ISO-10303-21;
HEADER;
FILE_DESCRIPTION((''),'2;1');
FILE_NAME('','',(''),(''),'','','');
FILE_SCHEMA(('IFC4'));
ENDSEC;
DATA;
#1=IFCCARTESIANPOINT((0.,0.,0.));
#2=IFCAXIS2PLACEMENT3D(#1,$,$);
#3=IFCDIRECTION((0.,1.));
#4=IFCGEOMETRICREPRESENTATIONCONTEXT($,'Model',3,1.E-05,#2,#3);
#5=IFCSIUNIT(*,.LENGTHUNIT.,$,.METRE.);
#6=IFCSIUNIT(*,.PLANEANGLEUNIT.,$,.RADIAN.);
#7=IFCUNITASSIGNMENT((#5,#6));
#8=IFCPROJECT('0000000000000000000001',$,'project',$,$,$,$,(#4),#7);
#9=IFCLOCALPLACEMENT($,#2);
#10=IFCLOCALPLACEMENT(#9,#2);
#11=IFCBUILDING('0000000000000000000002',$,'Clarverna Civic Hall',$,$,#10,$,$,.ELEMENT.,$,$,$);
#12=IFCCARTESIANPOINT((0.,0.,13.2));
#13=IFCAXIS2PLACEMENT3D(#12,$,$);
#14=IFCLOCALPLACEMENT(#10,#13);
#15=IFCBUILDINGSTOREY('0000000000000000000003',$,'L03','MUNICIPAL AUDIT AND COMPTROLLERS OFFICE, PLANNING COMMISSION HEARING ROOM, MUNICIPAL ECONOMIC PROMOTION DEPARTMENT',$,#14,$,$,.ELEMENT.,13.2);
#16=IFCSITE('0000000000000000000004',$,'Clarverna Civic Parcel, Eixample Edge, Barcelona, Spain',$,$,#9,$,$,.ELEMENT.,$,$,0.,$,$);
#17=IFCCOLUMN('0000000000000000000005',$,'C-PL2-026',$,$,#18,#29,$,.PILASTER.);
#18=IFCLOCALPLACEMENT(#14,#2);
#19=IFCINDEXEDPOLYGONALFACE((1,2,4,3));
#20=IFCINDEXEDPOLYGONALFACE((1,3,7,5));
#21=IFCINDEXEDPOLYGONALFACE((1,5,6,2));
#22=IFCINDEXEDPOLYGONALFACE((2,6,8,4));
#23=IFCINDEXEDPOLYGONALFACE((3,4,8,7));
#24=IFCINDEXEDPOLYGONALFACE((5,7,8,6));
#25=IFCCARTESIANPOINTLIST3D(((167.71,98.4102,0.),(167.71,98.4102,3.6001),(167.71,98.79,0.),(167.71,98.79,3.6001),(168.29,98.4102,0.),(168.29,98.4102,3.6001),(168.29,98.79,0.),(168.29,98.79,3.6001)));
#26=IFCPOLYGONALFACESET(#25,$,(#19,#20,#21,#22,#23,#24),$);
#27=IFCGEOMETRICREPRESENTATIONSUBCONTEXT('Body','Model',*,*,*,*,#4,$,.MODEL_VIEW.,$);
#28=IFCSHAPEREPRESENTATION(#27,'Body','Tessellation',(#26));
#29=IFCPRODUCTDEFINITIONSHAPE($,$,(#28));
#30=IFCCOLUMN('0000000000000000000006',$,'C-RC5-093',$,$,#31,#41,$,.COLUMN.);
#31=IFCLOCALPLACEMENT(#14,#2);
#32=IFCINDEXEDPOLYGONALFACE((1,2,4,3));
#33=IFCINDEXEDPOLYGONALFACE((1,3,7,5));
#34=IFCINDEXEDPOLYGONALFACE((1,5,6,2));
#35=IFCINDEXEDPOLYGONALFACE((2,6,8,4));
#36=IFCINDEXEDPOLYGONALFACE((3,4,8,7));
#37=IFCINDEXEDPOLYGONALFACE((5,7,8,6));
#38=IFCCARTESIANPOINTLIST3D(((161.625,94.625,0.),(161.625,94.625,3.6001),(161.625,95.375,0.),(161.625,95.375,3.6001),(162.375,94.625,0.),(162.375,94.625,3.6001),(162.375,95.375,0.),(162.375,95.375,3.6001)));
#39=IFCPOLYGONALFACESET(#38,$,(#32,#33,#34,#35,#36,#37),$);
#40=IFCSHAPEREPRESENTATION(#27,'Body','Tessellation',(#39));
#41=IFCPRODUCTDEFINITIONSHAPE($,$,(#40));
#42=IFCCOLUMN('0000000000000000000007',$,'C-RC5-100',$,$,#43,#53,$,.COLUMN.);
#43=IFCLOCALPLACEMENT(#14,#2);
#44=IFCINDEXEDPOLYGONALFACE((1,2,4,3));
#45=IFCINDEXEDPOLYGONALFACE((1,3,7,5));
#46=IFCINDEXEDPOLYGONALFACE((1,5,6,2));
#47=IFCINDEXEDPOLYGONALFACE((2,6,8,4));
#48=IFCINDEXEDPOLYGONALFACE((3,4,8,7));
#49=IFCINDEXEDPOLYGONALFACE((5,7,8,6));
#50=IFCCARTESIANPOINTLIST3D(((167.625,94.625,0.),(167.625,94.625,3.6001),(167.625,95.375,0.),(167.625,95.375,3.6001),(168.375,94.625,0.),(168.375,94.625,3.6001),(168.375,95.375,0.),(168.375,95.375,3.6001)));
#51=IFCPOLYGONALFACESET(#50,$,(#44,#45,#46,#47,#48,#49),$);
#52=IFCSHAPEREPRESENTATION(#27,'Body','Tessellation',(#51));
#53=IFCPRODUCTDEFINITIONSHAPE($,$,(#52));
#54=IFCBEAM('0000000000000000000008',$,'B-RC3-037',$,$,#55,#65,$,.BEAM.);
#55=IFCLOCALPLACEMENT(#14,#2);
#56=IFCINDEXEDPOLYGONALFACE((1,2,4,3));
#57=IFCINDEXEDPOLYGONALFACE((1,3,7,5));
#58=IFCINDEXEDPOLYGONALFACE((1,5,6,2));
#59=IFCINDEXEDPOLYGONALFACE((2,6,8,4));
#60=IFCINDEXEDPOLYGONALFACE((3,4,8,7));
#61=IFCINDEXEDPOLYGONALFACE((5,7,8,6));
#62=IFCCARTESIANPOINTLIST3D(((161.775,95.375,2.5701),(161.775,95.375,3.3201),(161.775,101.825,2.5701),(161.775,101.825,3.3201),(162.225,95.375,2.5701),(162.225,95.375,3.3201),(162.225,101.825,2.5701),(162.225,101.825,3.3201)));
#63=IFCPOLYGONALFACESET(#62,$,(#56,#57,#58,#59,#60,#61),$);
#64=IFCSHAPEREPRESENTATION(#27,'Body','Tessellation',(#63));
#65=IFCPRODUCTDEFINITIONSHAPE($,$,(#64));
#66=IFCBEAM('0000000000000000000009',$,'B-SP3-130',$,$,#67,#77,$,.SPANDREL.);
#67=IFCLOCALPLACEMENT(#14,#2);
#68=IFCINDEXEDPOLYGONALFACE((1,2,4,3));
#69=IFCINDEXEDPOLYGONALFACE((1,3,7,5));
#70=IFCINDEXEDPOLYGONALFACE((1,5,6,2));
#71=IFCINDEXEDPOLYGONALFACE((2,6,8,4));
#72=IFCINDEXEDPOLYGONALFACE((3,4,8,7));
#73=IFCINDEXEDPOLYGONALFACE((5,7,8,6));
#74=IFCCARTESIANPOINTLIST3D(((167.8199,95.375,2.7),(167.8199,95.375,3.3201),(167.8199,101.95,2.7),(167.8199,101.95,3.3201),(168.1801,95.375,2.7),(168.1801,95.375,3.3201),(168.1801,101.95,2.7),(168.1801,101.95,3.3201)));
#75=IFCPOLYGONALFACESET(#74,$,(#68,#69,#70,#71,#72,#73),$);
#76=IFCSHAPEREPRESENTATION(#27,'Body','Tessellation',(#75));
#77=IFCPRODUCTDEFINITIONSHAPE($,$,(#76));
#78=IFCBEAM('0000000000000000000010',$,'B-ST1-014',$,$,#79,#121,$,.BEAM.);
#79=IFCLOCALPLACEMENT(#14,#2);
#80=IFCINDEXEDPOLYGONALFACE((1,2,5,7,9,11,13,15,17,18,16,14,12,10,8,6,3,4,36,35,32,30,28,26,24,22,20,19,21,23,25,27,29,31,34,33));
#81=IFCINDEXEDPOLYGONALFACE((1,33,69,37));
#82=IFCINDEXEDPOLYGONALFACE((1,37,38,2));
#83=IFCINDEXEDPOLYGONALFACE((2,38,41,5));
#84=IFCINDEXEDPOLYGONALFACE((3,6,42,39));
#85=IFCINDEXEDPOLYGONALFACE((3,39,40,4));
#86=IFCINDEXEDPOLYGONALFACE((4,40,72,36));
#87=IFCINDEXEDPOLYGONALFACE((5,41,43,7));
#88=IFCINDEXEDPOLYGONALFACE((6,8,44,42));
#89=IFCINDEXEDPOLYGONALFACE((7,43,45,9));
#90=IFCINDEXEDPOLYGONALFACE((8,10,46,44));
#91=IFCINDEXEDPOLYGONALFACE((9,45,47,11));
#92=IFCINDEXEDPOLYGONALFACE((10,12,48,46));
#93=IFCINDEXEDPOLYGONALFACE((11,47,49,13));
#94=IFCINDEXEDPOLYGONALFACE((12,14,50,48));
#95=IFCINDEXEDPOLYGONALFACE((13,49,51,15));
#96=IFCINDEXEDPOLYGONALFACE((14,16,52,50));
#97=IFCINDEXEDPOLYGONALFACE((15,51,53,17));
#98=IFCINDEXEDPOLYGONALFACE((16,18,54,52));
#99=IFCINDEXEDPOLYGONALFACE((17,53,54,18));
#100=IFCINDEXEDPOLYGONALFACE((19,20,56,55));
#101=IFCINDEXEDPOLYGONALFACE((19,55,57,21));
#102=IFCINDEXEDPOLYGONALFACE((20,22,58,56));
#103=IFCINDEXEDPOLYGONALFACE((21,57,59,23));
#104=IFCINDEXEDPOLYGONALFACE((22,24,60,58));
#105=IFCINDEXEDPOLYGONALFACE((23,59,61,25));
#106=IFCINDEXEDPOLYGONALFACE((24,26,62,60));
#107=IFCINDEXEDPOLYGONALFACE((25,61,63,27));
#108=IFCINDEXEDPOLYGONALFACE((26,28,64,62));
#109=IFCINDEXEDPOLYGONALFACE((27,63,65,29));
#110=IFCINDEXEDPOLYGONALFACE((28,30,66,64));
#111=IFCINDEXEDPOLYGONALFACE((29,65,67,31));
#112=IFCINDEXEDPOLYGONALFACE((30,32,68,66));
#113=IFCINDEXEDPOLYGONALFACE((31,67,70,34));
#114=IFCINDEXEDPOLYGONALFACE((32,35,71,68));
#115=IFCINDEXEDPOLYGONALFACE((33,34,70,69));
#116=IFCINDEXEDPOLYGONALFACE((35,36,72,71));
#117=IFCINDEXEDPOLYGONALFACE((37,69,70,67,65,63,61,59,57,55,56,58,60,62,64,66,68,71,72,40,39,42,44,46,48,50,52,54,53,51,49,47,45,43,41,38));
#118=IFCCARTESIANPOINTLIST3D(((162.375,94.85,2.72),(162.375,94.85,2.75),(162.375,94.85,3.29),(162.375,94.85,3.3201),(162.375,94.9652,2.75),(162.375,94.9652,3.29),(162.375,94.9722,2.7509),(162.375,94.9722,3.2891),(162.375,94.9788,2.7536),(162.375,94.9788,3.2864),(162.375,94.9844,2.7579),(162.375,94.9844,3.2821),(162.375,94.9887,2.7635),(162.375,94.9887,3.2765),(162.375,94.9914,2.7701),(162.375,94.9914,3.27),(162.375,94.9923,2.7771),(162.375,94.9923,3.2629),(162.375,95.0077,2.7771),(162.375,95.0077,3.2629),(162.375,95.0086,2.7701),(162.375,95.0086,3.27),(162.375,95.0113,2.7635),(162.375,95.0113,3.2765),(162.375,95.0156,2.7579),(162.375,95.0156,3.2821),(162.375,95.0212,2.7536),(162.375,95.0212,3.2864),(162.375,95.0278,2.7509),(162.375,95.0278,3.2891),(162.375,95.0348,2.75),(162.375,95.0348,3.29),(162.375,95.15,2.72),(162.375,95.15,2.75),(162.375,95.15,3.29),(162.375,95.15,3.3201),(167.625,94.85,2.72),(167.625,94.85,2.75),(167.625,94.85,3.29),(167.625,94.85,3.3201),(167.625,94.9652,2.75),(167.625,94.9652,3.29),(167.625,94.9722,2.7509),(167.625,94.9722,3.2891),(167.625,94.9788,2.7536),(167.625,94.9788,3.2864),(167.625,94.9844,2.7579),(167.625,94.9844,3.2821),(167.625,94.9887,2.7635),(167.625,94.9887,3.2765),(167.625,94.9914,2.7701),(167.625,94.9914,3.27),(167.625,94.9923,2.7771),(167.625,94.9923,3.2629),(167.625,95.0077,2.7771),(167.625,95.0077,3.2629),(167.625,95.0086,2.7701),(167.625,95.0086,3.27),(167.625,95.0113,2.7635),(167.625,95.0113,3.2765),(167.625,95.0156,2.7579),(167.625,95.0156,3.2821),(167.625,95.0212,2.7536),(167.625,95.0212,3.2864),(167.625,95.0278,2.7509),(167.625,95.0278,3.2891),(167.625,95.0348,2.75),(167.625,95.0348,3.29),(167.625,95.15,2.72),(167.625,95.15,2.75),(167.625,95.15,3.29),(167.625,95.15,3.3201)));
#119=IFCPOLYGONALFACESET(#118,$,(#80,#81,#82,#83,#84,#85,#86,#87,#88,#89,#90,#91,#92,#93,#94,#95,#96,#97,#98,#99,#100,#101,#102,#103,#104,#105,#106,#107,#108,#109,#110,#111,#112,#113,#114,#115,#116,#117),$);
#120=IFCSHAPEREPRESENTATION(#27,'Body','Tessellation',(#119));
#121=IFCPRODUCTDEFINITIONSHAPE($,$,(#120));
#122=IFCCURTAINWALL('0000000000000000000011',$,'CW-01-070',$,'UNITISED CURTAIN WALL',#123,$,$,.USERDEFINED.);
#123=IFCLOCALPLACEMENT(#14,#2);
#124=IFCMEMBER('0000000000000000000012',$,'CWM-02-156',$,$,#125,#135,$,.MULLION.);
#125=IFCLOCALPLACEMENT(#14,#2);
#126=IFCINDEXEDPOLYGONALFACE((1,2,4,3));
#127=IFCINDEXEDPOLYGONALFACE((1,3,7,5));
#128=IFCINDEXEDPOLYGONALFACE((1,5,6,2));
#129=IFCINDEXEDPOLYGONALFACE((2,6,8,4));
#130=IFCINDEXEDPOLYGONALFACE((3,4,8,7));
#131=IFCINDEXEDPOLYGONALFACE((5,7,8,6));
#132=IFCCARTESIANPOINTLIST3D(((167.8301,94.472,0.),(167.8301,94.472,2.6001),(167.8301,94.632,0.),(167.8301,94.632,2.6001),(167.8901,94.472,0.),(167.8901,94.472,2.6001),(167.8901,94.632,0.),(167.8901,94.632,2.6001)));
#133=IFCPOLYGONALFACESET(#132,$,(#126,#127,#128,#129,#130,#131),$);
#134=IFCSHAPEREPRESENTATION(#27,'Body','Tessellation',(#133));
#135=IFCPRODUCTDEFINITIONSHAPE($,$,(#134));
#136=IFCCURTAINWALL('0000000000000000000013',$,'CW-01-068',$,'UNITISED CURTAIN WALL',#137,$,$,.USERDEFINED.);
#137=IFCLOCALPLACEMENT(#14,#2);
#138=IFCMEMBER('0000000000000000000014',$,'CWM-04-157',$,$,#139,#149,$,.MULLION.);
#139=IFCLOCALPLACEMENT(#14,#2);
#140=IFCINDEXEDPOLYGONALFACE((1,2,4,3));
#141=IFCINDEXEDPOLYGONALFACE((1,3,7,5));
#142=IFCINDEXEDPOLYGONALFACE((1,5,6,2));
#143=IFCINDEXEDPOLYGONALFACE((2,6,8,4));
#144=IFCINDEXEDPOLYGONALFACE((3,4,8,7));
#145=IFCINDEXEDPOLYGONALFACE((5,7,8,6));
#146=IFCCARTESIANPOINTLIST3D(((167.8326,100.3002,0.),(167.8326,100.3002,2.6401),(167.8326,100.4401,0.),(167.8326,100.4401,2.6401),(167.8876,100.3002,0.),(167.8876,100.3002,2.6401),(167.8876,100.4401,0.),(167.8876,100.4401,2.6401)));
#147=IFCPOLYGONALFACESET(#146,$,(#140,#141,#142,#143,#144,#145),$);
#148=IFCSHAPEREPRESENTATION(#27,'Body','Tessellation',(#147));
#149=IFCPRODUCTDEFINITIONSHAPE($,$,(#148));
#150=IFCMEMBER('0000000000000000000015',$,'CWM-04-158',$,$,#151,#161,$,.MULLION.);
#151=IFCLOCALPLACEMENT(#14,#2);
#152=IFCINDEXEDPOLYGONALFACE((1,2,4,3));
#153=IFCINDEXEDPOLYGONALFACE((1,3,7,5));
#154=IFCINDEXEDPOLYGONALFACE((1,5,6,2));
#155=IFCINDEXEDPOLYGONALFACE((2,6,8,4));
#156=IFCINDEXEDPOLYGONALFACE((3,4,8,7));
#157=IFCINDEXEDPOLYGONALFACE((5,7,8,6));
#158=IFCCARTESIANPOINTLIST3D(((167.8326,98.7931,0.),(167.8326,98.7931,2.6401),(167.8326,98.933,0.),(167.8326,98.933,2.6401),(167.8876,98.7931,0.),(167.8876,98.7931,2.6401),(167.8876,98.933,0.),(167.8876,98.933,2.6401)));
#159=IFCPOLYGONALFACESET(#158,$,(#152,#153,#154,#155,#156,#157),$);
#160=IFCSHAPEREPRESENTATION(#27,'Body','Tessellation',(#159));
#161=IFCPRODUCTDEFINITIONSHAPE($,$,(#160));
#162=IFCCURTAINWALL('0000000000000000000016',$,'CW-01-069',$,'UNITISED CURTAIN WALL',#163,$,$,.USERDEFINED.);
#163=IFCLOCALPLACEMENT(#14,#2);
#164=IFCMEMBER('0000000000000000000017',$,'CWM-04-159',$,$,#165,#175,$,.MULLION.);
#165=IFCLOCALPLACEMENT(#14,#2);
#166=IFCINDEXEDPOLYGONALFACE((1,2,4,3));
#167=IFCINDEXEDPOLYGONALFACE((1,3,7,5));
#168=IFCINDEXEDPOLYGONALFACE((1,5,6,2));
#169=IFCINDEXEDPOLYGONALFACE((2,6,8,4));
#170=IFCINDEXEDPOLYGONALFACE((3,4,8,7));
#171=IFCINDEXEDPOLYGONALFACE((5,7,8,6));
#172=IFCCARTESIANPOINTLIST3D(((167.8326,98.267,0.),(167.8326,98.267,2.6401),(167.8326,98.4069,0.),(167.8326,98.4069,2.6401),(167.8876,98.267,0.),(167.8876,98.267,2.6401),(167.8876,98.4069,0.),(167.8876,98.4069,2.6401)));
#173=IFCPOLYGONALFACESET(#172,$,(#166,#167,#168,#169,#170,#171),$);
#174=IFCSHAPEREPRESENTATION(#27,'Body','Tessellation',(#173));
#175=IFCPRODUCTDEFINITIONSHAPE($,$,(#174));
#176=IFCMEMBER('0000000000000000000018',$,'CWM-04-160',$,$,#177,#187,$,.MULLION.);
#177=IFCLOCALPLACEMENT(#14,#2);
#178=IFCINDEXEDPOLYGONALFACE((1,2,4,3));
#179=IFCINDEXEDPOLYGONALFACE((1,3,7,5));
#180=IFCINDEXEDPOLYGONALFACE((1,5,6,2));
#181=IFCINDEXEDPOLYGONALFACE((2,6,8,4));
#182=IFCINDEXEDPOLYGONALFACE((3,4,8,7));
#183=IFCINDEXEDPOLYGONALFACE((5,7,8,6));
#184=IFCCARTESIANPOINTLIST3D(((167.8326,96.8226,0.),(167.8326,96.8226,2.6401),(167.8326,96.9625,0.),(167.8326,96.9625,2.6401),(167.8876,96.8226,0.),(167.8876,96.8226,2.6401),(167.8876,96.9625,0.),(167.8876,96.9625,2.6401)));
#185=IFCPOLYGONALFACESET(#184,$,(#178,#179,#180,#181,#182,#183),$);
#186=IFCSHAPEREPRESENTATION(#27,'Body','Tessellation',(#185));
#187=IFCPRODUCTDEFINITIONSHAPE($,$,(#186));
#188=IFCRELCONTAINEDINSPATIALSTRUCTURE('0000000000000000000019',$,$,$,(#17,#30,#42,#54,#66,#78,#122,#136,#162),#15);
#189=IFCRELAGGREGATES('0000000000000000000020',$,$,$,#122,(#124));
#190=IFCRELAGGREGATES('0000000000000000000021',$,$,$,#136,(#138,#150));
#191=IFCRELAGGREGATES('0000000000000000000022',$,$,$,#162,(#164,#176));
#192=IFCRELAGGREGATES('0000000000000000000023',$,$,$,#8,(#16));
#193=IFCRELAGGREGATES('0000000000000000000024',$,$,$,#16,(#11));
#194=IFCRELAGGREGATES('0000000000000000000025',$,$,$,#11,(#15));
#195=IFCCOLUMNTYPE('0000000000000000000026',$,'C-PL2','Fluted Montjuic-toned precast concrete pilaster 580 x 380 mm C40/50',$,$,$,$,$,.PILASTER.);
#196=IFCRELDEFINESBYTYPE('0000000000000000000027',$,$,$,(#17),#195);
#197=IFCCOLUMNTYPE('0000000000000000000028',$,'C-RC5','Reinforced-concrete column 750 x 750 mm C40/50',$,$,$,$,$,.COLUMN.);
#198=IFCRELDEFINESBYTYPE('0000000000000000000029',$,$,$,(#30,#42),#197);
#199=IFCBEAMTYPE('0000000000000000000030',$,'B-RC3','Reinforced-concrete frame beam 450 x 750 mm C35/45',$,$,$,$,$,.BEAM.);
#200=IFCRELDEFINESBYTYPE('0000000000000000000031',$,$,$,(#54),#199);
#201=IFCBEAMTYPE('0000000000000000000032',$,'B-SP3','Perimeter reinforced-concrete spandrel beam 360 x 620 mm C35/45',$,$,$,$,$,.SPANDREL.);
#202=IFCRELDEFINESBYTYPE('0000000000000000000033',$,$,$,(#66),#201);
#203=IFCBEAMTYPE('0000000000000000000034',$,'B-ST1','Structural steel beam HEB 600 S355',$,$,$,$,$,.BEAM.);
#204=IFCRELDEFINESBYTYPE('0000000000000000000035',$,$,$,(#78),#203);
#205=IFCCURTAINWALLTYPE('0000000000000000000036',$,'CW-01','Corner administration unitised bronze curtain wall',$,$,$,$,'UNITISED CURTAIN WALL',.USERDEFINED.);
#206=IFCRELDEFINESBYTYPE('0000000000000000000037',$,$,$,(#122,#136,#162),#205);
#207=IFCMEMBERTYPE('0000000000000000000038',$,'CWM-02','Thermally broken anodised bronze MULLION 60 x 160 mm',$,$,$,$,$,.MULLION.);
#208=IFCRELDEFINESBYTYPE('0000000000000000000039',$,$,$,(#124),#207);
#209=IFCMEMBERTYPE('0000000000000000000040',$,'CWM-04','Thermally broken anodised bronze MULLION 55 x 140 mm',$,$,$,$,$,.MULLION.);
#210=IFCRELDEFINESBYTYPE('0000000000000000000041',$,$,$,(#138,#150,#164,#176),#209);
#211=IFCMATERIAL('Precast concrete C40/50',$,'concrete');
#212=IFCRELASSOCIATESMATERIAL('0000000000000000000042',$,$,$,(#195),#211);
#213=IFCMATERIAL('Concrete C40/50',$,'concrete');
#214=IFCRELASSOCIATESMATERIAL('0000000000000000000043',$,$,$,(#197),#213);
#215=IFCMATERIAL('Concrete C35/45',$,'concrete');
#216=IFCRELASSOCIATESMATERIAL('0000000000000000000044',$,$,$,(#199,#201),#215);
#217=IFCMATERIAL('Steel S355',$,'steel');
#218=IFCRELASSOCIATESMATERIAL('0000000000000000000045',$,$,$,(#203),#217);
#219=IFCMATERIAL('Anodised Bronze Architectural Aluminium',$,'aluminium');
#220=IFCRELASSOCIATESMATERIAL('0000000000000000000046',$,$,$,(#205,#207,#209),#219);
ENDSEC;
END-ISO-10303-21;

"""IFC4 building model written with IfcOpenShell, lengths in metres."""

from ifc_helpers import new_model, si_unit, direction, frame, origin, origin_2d, place, context, subcontext, project, spatial, rectangle, i_section, extrude, material, material_profile, profile_set, type_object, element, aggregate, save


model = new_model("IFC4")

# Units and contexts
model_context = context("Model", 3, precision=1e-05, world=origin(), true_north=direction((0.0, 1.0)))
body_context = subcontext(model_context, "Body", "Model", "MODEL_VIEW")
ifc_project = project(units=[si_unit("LENGTHUNIT", "METRE"), si_unit("PLANEANGLEUNIT", "RADIAN")], contexts=[model_context])

# Site, building, storey
site_placement = place(None, origin())
site = spatial("IfcSite", under=ifc_project, at=site_placement, Name="Clarverna Civic Parcel, Eixample Edge, Barcelona, Spain", CompositionType="ELEMENT", RefElevation=0.0)
building_placement = place(site_placement, origin())
building = spatial("IfcBuilding", under=site, at=building_placement, Name="Clarverna Civic Hall", CompositionType="ELEMENT")
storey_placement = place(building_placement, frame((0.0, 0.0, 13.2)))
storey = spatial("IfcBuildingStorey", under=building, at=storey_placement, Name="L03", Description="MUNICIPAL AUDIT AND COMPTROLLERS OFFICE, PLANNING COMMISSION HEARING ROOM, MUNICIPAL ECONOMIC PROMOTION DEPARTMENT", CompositionType="ELEMENT", Elevation=13.2)

# Columns
ifc_material_1 = material(Name="Precast concrete C40/50", Category="concrete")
ifc_material_profile_1 = material_profile(ifc_material_1, rectangle(XDim=0.5801, YDim=0.3799, at=origin_2d()), Name="PILASTER 580x380")
ifc_profile_set_1 = profile_set([ifc_material_profile_1], Name="Precast concrete C40/50")
column_type_1 = type_object("IfcColumnType", Name="C-PL2", Description="Fluted Montjuic-toned precast concrete pilaster 580 x 380 mm C40/50", PredefinedType="PILASTER", material=ifc_profile_set_1)
column_placement = place(storey_placement, frame((168.0, 98.6001, 0.0), z_axis=(0.0, 0.0, 1.0), x_axis=(1.0, 0.0, 0.0)))
element("IfcColumn", 1, at=column_placement, inside=storey, type_object=column_type_1, Name="C-PL2-026", PredefinedType="PILASTER", context=body_context, shape_type="SweptSolid", body=[
    extrude(rectangle(XDim=0.5801, YDim=0.3799, at=origin_2d()), origin(), (0.0, 0.0, 1.0), 3.6001),
])
ifc_material_2 = material(Name="Concrete C40/50", Category="concrete")
ifc_material_profile_2 = material_profile(ifc_material_2, rectangle(XDim=0.75, YDim=0.75, at=origin_2d()), Name="RC 750x750")
ifc_profile_set_2 = profile_set([ifc_material_profile_2], Name="Concrete C40/50")
column_type_2 = type_object("IfcColumnType", Name="C-RC5", Description="Reinforced-concrete column 750 x 750 mm C40/50", PredefinedType="COLUMN", material=ifc_profile_set_2)
for number, where, z_axis, x_axis, name in (
    (2, (162.0, 95.0, 0.0), (0.0, 0.0, 1.0), (1.0, 0.0, 0.0), "C-RC5-093"),
    (3, (168.0, 95.0, 0.0), (0.0, 0.0, 1.0), (1.0, 0.0, 0.0), "C-RC5-100"),
):
    element("IfcColumn", number, at=place(storey_placement, frame(where, z_axis=z_axis, x_axis=x_axis)), inside=storey, type_object=column_type_2, Name=name, PredefinedType="COLUMN", context=body_context, shape_type="SweptSolid", body=[
        extrude(rectangle(XDim=0.75, YDim=0.75, at=origin_2d()), origin(), (0.0, 0.0, 1.0), 3.6001),
    ])

# Beams
ifc_material_3 = material(Name="Concrete C35/45", Category="concrete")
ifc_material_profile_3 = material_profile(ifc_material_3, rectangle(XDim=0.45, YDim=0.75, at=origin_2d()), Name="RC 450x750")
ifc_profile_set_3 = profile_set([ifc_material_profile_3], Name="Concrete C35/45")
beam_type_1 = type_object("IfcBeamType", Name="B-RC3", Description="Reinforced-concrete frame beam 450 x 750 mm C35/45", PredefinedType="BEAM", material=ifc_profile_set_3)
beam_1_placement = place(storey_placement, frame((162.0, 95.375, 2.9451), z_axis=(0.0, 1.0, 0.0), x_axis=(-1.0, 0.0, 0.0)))
element("IfcBeam", 4, at=beam_1_placement, inside=storey, type_object=beam_type_1, Name="B-RC3-037", PredefinedType="BEAM", context=body_context, shape_type="SweptSolid", body=[
    extrude(rectangle(XDim=0.45, YDim=0.75, at=origin_2d()), origin(), (0.0, 0.0, 1.0), 6.45),
])
ifc_material_profile_4 = material_profile(ifc_material_3, rectangle(XDim=0.3601, YDim=0.6201, at=origin_2d()), Name="RC 360x620")
ifc_profile_set_4 = profile_set([ifc_material_profile_4], Name="Concrete C35/45")
beam_type_2 = type_object("IfcBeamType", Name="B-SP3", Description="Perimeter reinforced-concrete spandrel beam 360 x 620 mm C35/45", PredefinedType="SPANDREL", material=ifc_profile_set_4)
beam_2_placement = place(storey_placement, frame((168.0, 95.375, 3.01), z_axis=(0.0, 1.0, 0.0), x_axis=(-1.0, 0.0, 0.0)))
element("IfcBeam", 5, at=beam_2_placement, inside=storey, type_object=beam_type_2, Name="B-SP3-130", PredefinedType="SPANDREL", context=body_context, shape_type="SweptSolid", body=[
    extrude(rectangle(XDim=0.3601, YDim=0.6201, at=origin_2d()), origin(), (0.0, 0.0, 1.0), 6.575),
])
ifc_material_4 = material(Name="Steel S355", Category="steel")
ifc_material_profile_5 = material_profile(ifc_material_4, i_section(OverallWidth=0.3, OverallDepth=0.6001, WebThickness=0.0154, FlangeThickness=0.03, FilletRadius=0.0271, at=origin_2d()), Name="HEB 600")
ifc_profile_set_5 = profile_set([ifc_material_profile_5], Name="Steel S355")
beam_type_3 = type_object("IfcBeamType", Name="B-ST1", Description="Structural steel beam HEB 600 S355", PredefinedType="BEAM", material=ifc_profile_set_5)
beam_3_placement = place(storey_placement, frame((162.375, 95.0, 3.02), z_axis=(1.0, 0.0, 0.0), x_axis=(0.0, 1.0, 0.0)))
element("IfcBeam", 6, at=beam_3_placement, inside=storey, type_object=beam_type_3, Name="B-ST1-014", PredefinedType="BEAM", context=body_context, shape_type="SweptSolid", body=[
    extrude(i_section(OverallWidth=0.3, OverallDepth=0.6001, WebThickness=0.0154, FlangeThickness=0.03, FilletRadius=0.0271, at=origin_2d()), origin(), (0.0, 0.0, 1.0), 5.25),
])

# Curtain wall, member
ifc_material_5 = material(Name="Anodised Bronze Architectural Aluminium", Category="aluminium")
curtain_wall_type = type_object("IfcCurtainWallType", Name="CW-01", Description="Corner administration unitised bronze curtain wall", ElementType="UNITISED CURTAIN WALL", PredefinedType="USERDEFINED", material=ifc_material_5)
curtain_wall_1_placement = place(storey_placement, origin())
curtain_wall_1 = element("IfcCurtainWall", 7, at=curtain_wall_1_placement, inside=storey, type_object=curtain_wall_type, Name="CW-01-070", ObjectType="UNITISED CURTAIN WALL", PredefinedType="USERDEFINED")
ifc_material_profile_6 = material_profile(ifc_material_5, rectangle(XDim=0.0601, YDim=0.1599, at=origin_2d()), Name="BRONZE 60x160")
ifc_profile_set_6 = profile_set([ifc_material_profile_6], Name="Anodised Bronze Architectural Aluminium")
member_type_1 = type_object("IfcMemberType", Name="CWM-02", Description="Thermally broken anodised bronze MULLION 60 x 160 mm", PredefinedType="MULLION", material=ifc_profile_set_6)
member_1_placement = place(storey_placement, frame((167.8601, 94.552, 0.0), z_axis=(0.0, 0.0, 1.0), x_axis=(1.0, 0.0, 0.0)))
member_1 = element("IfcMember", 8, at=member_1_placement, type_object=member_type_1, Name="CWM-02-156", PredefinedType="MULLION", context=body_context, shape_type="SweptSolid", body=[
    extrude(rectangle(XDim=0.0601, YDim=0.1599, at=origin_2d()), origin(), (0.0, 0.0, 1.0), 2.6001),
])

# Curtain walls, members
curtain_wall_2_placement = place(storey_placement, origin())
curtain_wall_2 = element("IfcCurtainWall", 9, at=curtain_wall_2_placement, inside=storey, type_object=curtain_wall_type, Name="CW-01-068", ObjectType="UNITISED CURTAIN WALL", PredefinedType="USERDEFINED")
ifc_material_profile_7 = material_profile(ifc_material_5, rectangle(XDim=0.0549, YDim=0.1399, at=origin_2d()), Name="BRONZE 55x140")
ifc_profile_set_7 = profile_set([ifc_material_profile_7], Name="Anodised Bronze Architectural Aluminium")
member_type_2 = type_object("IfcMemberType", Name="CWM-04", Description="Thermally broken anodised bronze MULLION 55 x 140 mm", PredefinedType="MULLION", material=ifc_profile_set_7)
member_2_placement = place(storey_placement, frame((167.8601, 100.3701, 0.0), z_axis=(0.0, 0.0, 1.0), x_axis=(1.0, 0.0, 0.0)))
member_2 = element("IfcMember", 10, at=member_2_placement, type_object=member_type_2, Name="CWM-04-157", PredefinedType="MULLION", context=body_context, shape_type="SweptSolid", body=[
    extrude(rectangle(XDim=0.0549, YDim=0.1399, at=origin_2d()), origin(), (0.0, 0.0, 1.0), 2.6401),
])
member_3_placement = place(storey_placement, frame((167.8601, 98.863, 0.0), z_axis=(0.0, 0.0, 1.0), x_axis=(1.0, 0.0, 0.0)))
member_3 = element("IfcMember", 11, at=member_3_placement, type_object=member_type_2, Name="CWM-04-158", PredefinedType="MULLION", context=body_context, shape_type="SweptSolid", body=[
    extrude(rectangle(XDim=0.0549, YDim=0.1399, at=origin_2d()), origin(), (0.0, 0.0, 1.0), 2.6401),
])
curtain_wall_3_placement = place(storey_placement, origin())
curtain_wall_3 = element("IfcCurtainWall", 12, at=curtain_wall_3_placement, inside=storey, type_object=curtain_wall_type, Name="CW-01-069", ObjectType="UNITISED CURTAIN WALL", PredefinedType="USERDEFINED")
member_4_placement = place(storey_placement, frame((167.8601, 98.3369, 0.0), z_axis=(0.0, 0.0, 1.0), x_axis=(1.0, 0.0, 0.0)))
member_4 = element("IfcMember", 13, at=member_4_placement, type_object=member_type_2, Name="CWM-04-159", PredefinedType="MULLION", context=body_context, shape_type="SweptSolid", body=[
    extrude(rectangle(XDim=0.0549, YDim=0.1399, at=origin_2d()), origin(), (0.0, 0.0, 1.0), 2.6401),
])
member_5_placement = place(storey_placement, frame((167.8601, 96.8926, 0.0), z_axis=(0.0, 0.0, 1.0), x_axis=(1.0, 0.0, 0.0)))
member_5 = element("IfcMember", 14, at=member_5_placement, type_object=member_type_2, Name="CWM-04-160", PredefinedType="MULLION", context=body_context, shape_type="SweptSolid", body=[
    extrude(rectangle(XDim=0.0549, YDim=0.1399, at=origin_2d()), origin(), (0.0, 0.0, 1.0), 2.6401),
])

aggregate(curtain_wall_1, [member_1])
aggregate(curtain_wall_2, [member_2, member_3])
aggregate(curtain_wall_3, [member_4, member_5])

save(model, "model.ifc")
